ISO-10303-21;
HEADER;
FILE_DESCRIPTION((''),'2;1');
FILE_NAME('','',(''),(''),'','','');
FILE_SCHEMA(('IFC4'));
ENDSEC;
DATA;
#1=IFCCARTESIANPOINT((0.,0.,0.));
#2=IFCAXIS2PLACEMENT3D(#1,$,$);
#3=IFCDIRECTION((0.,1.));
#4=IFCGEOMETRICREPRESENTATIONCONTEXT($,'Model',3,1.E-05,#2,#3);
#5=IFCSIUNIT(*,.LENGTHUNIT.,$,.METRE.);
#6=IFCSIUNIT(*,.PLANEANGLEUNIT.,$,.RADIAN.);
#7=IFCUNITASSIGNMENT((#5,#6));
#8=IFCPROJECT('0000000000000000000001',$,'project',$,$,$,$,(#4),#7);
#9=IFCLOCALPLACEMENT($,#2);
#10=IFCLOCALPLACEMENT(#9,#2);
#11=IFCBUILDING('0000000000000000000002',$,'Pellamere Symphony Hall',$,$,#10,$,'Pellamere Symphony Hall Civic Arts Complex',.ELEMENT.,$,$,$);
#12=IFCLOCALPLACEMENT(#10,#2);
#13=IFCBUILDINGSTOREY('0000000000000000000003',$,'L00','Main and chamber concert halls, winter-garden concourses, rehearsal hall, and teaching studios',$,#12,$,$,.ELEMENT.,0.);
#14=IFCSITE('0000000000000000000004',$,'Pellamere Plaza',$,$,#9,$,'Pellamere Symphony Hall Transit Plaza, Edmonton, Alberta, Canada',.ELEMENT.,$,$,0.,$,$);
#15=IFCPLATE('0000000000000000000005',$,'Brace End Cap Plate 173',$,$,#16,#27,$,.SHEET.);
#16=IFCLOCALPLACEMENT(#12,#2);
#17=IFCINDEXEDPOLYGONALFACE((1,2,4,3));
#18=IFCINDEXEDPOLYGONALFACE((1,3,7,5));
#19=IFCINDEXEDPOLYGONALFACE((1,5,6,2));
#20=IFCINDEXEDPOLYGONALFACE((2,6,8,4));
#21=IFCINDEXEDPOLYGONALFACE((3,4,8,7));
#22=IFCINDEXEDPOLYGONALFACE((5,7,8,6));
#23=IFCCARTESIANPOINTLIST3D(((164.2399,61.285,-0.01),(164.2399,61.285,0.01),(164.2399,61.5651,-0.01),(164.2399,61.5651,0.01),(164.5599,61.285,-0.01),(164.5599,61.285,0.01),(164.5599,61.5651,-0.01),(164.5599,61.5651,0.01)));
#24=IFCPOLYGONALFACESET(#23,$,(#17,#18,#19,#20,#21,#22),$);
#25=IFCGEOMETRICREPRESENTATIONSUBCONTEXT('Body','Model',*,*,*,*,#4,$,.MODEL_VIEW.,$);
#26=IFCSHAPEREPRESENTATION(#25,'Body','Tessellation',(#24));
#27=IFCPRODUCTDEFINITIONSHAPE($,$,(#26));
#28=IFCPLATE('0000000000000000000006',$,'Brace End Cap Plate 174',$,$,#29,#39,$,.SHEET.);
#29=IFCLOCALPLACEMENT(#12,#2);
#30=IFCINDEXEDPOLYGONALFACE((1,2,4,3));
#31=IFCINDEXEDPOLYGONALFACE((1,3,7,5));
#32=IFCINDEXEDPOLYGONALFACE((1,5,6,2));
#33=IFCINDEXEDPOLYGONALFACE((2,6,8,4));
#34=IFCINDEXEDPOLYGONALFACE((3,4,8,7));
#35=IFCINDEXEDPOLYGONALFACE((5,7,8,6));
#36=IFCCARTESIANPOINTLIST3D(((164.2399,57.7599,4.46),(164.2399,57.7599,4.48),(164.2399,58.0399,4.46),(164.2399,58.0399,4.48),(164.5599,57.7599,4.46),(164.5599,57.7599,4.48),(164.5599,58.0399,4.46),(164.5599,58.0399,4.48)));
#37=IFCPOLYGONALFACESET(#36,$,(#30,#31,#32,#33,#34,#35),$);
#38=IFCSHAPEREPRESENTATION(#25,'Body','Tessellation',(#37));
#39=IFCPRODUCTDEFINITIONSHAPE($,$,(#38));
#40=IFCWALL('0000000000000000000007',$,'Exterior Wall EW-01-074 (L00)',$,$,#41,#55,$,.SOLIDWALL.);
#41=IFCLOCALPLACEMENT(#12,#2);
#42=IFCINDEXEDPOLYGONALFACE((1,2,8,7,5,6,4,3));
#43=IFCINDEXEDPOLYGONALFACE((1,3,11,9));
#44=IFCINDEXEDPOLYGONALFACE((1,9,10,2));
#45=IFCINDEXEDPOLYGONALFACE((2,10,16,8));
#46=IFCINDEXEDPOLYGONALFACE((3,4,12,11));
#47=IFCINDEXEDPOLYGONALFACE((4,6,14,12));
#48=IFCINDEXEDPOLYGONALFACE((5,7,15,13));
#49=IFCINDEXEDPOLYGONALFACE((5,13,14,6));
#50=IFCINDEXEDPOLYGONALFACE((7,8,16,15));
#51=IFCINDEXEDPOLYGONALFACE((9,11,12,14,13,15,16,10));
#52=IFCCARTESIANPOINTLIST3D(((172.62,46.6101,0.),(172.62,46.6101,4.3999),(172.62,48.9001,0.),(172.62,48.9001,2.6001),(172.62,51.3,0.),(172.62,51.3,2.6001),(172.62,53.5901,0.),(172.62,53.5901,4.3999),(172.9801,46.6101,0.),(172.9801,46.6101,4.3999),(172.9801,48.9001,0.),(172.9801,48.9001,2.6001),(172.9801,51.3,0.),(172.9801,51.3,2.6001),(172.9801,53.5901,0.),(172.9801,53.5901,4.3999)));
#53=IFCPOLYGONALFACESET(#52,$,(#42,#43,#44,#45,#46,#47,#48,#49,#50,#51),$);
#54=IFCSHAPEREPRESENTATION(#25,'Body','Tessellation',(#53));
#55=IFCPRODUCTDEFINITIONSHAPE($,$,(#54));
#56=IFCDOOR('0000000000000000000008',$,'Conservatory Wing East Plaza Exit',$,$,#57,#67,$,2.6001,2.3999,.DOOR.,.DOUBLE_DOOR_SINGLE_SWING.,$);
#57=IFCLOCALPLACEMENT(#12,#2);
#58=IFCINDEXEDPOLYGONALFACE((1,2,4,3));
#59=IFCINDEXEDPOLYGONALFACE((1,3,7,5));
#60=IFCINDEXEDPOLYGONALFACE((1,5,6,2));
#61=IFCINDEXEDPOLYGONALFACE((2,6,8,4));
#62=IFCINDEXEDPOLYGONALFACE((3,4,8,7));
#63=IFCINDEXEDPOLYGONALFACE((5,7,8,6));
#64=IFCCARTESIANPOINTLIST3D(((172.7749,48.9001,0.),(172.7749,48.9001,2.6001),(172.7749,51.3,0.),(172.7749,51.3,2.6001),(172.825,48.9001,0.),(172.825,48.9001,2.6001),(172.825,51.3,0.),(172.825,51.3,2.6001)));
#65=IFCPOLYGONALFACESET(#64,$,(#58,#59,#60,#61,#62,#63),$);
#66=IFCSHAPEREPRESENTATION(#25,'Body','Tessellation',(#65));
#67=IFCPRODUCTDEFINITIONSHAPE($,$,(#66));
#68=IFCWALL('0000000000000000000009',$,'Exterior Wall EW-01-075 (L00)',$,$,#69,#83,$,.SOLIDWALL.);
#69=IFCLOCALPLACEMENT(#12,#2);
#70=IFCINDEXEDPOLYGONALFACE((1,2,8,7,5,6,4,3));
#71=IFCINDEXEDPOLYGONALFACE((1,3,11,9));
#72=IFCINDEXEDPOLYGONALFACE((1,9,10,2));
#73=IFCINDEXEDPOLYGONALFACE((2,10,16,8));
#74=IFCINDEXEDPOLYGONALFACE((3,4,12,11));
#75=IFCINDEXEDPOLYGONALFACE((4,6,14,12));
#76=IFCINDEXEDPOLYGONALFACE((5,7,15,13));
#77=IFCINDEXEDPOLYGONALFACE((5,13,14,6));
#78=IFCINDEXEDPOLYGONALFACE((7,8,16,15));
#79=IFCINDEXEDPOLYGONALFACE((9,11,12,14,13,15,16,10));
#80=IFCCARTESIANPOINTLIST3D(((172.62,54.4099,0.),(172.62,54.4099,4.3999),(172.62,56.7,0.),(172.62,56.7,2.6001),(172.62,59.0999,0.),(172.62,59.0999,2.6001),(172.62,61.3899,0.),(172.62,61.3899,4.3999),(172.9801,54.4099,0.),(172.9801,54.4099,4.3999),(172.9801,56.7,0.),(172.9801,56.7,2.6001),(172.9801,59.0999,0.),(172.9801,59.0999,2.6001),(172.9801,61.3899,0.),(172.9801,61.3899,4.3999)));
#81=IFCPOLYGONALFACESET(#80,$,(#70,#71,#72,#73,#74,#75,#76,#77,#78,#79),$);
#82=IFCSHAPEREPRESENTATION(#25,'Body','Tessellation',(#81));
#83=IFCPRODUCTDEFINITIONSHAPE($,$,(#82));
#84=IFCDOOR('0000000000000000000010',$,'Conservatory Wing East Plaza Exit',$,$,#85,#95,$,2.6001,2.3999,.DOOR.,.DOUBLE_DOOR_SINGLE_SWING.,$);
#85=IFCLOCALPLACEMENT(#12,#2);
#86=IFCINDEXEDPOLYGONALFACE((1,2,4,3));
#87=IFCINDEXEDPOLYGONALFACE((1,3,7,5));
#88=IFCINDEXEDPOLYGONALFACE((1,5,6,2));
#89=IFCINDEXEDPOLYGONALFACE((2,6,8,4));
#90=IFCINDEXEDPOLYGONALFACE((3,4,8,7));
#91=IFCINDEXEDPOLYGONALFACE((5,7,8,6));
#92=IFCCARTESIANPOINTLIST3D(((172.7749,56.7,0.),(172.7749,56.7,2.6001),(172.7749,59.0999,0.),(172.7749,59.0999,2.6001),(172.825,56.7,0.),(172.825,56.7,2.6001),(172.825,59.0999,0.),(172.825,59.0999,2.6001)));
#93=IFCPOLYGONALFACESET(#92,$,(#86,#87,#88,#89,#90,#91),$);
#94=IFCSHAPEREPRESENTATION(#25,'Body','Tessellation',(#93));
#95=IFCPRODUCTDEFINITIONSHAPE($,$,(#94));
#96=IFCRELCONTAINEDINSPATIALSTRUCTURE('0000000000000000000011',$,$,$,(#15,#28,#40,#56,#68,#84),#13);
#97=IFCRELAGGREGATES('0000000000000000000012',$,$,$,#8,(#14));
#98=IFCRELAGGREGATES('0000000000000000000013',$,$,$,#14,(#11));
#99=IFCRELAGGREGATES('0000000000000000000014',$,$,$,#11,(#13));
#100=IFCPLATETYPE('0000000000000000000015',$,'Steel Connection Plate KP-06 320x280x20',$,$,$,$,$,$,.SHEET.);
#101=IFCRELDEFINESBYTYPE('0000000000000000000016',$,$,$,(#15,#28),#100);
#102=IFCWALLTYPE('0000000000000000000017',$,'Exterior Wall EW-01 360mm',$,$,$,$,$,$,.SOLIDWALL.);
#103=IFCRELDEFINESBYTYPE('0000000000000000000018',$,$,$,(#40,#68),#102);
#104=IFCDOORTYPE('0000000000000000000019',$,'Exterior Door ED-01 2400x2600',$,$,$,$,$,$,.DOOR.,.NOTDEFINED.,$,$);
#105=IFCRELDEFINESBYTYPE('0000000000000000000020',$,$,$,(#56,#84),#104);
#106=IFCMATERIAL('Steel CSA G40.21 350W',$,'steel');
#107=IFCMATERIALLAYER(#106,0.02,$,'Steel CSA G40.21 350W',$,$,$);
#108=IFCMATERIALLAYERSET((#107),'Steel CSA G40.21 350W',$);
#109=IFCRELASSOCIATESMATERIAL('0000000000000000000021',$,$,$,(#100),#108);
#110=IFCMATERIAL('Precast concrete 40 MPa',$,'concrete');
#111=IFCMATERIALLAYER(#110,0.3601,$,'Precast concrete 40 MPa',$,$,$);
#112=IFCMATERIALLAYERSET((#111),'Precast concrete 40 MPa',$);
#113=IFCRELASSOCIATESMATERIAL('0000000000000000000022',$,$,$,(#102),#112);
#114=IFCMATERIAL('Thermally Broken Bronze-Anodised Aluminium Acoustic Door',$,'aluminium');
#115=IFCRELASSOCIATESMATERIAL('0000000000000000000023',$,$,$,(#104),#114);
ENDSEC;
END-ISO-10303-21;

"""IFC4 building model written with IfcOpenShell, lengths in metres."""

from ifc_helpers import new_model, si_unit, direction, frame, frame_2d, origin, origin_2d, place, context, subcontext, project, spatial, rectangle, extrude, material, layer, layer_set, type_object, element, fill, save


model = new_model("IFC4")

# Units and contexts
model_context = context("Model", 3, precision=1e-05, world=origin(), true_north=direction((0.0, 1.0)))
body_context = subcontext(model_context, "Body", "Model", "MODEL_VIEW")
ifc_project = project(units=[si_unit("LENGTHUNIT", "METRE"), si_unit("PLANEANGLEUNIT", "RADIAN")], contexts=[model_context])

# Site, building, storey
site_placement = place(None, origin())
site = spatial("IfcSite", under=ifc_project, at=site_placement, Name="Pellamere Plaza", LongName="Pellamere Symphony Hall Transit Plaza, Edmonton, Alberta, Canada", CompositionType="ELEMENT", RefElevation=0.0)
building_placement = place(site_placement, origin())
building = spatial("IfcBuilding", under=site, at=building_placement, Name="Pellamere Symphony Hall", LongName="Pellamere Symphony Hall Civic Arts Complex", CompositionType="ELEMENT")
storey_placement = place(building_placement, origin())
storey = spatial("IfcBuildingStorey", under=building, at=storey_placement, Name="L00", Description="Main and chamber concert halls, winter-garden concourses, rehearsal hall, and teaching studios", CompositionType="ELEMENT", Elevation=0.0)

# Shared definitions
ifc_material_1 = material(Name="Steel CSA G40.21 350W", Category="steel")

# Plates
ifc_layer_1 = layer(ifc_material_1, 0.02, Name="Steel CSA G40.21 350W")
ifc_layer_set_1 = layer_set([ifc_layer_1], Name="Steel CSA G40.21 350W")
plate_type = type_object("IfcPlateType", Name="Steel Connection Plate KP-06 320x280x20", PredefinedType="SHEET", material=ifc_layer_set_1)
for number, where, z_axis, x_axis, name in (
    (1, (164.3999, 61.425, -0.01), (0.0, 0.0, 1.0), (1.0, 0.0, 0.0), "Brace End Cap Plate 173"),
    (2, (164.3999, 57.8999, 4.46), (0.0, 0.0, 1.0), (1.0, 0.0, 0.0), "Brace End Cap Plate 174"),
):
    element("IfcPlate", number, at=place(storey_placement, frame(where, z_axis=z_axis, x_axis=x_axis)), inside=storey, type_object=plate_type, Name=name, PredefinedType="SHEET", context=body_context, shape_type="SweptSolid", body=[
        extrude(rectangle(XDim=0.3201, YDim=0.28, at=origin_2d()), origin(), (0.0, 0.0, 1.0), 0.02),
    ])

# Walls, openings, doors
ifc_material_2 = material(Name="Precast concrete 40 MPa", Category="concrete")
ifc_layer_2 = layer(ifc_material_2, 0.3601, Name="Precast concrete 40 MPa")
ifc_layer_set_2 = layer_set([ifc_layer_2], Name="Precast concrete 40 MPa")
wall_type = type_object("IfcWallType", Name="Exterior Wall EW-01 360mm", PredefinedType="SOLIDWALL", material=ifc_layer_set_2)
wall_1_placement = place(storey_placement, frame((172.8, 46.6101, 0.0), z_axis=(0.0, 0.0, 1.0), x_axis=(0.0, 1.0, 0.0)))
wall_1 = element("IfcWall", 3, at=wall_1_placement, inside=storey, type_object=wall_type, Name="Exterior Wall EW-01-074 (L00)", PredefinedType="SOLIDWALL", context=body_context, shape_type="SweptSolid", body=[
    extrude(rectangle(XDim=6.98, YDim=0.3601, at=frame_2d((3.49, 0.0))), origin(), (0.0, 0.0, 1.0), 4.3999),
])
opening_1_placement = place(wall_1_placement, frame((2.29, 0.0, 0.0)))
opening_1 = element("IfcOpeningElement", 4, at=opening_1_placement, cuts=wall_1, PredefinedType="OPENING", context=body_context, shape_type="SweptSolid", body=[
    extrude(rectangle(XDim=2.3999, YDim=2.6001, at=frame_2d((1.2, 1.3))), frame((0.0, 0.1899, 0.0), z_axis=(0.0, -1.0, 0.0), x_axis=(1.0, 0.0, 0.0)), (0.0, 0.0, 1.0), 0.3801),
])
ifc_material_3 = material(Name="Thermally Broken Bronze-Anodised Aluminium Acoustic Door", Category="aluminium")
door_type = type_object("IfcDoorType", Name="Exterior Door ED-01 2400x2600", OperationType="NOTDEFINED", PredefinedType="DOOR", material=ifc_material_3)
door_1_placement = place(opening_1_placement, frame((2.3999, 0.0, 0.0), z_axis=(0.0, 0.0, 1.0), x_axis=(-1.0, 0.0, 0.0)))
door_1 = element("IfcDoor", 5, at=door_1_placement, inside=storey, type_object=door_type, Name="Conservatory Wing East Plaza Exit", OperationType="DOUBLE_DOOR_SINGLE_SWING", OverallHeight=2.6001, OverallWidth=2.3999, PredefinedType="DOOR", context=body_context, shape_type="SweptSolid", body=[
    extrude(rectangle(XDim=2.3999, YDim=2.6001, at=frame_2d((1.2, 1.3))), frame((0.0, 0.0249, 0.0), z_axis=(0.0, -1.0, 0.0), x_axis=(1.0, 0.0, 0.0)), (0.0, 0.0, 1.0), 0.05),
])
fill(opening_1, door_1)
wall_2_placement = place(storey_placement, frame((172.8, 54.4099, 0.0), z_axis=(0.0, 0.0, 1.0), x_axis=(0.0, 1.0, 0.0)))
wall_2 = element("IfcWall", 6, at=wall_2_placement, inside=storey, type_object=wall_type, Name="Exterior Wall EW-01-075 (L00)", PredefinedType="SOLIDWALL", context=body_context, shape_type="SweptSolid", body=[
    extrude(rectangle(XDim=6.98, YDim=0.3601, at=frame_2d((3.49, 0.0))), origin(), (0.0, 0.0, 1.0), 4.3999),
])
opening_2_placement = place(wall_2_placement, frame((2.29, 0.0, 0.0)))
opening_2 = element("IfcOpeningElement", 7, at=opening_2_placement, cuts=wall_2, PredefinedType="OPENING", context=body_context, shape_type="SweptSolid", body=[
    extrude(rectangle(XDim=2.3999, YDim=2.6001, at=frame_2d((1.2, 1.3))), frame((0.0, 0.1899, 0.0), z_axis=(0.0, -1.0, 0.0), x_axis=(1.0, 0.0, 0.0)), (0.0, 0.0, 1.0), 0.3801),
])
door_2_placement = place(opening_2_placement, frame((2.3999, 0.0, 0.0), z_axis=(0.0, 0.0, 1.0), x_axis=(-1.0, 0.0, 0.0)))
door_2 = element("IfcDoor", 8, at=door_2_placement, inside=storey, type_object=door_type, Name="Conservatory Wing East Plaza Exit", OperationType="DOUBLE_DOOR_SINGLE_SWING", OverallHeight=2.6001, OverallWidth=2.3999, PredefinedType="DOOR", context=body_context, shape_type="SweptSolid", body=[
    extrude(rectangle(XDim=2.3999, YDim=2.6001, at=frame_2d((1.2, 1.3))), frame((0.0, 0.0249, 0.0), z_axis=(0.0, -1.0, 0.0), x_axis=(1.0, 0.0, 0.0)), (0.0, 0.0, 1.0), 0.05),
])
fill(opening_2, door_2)

save(model, "model.ifc")
